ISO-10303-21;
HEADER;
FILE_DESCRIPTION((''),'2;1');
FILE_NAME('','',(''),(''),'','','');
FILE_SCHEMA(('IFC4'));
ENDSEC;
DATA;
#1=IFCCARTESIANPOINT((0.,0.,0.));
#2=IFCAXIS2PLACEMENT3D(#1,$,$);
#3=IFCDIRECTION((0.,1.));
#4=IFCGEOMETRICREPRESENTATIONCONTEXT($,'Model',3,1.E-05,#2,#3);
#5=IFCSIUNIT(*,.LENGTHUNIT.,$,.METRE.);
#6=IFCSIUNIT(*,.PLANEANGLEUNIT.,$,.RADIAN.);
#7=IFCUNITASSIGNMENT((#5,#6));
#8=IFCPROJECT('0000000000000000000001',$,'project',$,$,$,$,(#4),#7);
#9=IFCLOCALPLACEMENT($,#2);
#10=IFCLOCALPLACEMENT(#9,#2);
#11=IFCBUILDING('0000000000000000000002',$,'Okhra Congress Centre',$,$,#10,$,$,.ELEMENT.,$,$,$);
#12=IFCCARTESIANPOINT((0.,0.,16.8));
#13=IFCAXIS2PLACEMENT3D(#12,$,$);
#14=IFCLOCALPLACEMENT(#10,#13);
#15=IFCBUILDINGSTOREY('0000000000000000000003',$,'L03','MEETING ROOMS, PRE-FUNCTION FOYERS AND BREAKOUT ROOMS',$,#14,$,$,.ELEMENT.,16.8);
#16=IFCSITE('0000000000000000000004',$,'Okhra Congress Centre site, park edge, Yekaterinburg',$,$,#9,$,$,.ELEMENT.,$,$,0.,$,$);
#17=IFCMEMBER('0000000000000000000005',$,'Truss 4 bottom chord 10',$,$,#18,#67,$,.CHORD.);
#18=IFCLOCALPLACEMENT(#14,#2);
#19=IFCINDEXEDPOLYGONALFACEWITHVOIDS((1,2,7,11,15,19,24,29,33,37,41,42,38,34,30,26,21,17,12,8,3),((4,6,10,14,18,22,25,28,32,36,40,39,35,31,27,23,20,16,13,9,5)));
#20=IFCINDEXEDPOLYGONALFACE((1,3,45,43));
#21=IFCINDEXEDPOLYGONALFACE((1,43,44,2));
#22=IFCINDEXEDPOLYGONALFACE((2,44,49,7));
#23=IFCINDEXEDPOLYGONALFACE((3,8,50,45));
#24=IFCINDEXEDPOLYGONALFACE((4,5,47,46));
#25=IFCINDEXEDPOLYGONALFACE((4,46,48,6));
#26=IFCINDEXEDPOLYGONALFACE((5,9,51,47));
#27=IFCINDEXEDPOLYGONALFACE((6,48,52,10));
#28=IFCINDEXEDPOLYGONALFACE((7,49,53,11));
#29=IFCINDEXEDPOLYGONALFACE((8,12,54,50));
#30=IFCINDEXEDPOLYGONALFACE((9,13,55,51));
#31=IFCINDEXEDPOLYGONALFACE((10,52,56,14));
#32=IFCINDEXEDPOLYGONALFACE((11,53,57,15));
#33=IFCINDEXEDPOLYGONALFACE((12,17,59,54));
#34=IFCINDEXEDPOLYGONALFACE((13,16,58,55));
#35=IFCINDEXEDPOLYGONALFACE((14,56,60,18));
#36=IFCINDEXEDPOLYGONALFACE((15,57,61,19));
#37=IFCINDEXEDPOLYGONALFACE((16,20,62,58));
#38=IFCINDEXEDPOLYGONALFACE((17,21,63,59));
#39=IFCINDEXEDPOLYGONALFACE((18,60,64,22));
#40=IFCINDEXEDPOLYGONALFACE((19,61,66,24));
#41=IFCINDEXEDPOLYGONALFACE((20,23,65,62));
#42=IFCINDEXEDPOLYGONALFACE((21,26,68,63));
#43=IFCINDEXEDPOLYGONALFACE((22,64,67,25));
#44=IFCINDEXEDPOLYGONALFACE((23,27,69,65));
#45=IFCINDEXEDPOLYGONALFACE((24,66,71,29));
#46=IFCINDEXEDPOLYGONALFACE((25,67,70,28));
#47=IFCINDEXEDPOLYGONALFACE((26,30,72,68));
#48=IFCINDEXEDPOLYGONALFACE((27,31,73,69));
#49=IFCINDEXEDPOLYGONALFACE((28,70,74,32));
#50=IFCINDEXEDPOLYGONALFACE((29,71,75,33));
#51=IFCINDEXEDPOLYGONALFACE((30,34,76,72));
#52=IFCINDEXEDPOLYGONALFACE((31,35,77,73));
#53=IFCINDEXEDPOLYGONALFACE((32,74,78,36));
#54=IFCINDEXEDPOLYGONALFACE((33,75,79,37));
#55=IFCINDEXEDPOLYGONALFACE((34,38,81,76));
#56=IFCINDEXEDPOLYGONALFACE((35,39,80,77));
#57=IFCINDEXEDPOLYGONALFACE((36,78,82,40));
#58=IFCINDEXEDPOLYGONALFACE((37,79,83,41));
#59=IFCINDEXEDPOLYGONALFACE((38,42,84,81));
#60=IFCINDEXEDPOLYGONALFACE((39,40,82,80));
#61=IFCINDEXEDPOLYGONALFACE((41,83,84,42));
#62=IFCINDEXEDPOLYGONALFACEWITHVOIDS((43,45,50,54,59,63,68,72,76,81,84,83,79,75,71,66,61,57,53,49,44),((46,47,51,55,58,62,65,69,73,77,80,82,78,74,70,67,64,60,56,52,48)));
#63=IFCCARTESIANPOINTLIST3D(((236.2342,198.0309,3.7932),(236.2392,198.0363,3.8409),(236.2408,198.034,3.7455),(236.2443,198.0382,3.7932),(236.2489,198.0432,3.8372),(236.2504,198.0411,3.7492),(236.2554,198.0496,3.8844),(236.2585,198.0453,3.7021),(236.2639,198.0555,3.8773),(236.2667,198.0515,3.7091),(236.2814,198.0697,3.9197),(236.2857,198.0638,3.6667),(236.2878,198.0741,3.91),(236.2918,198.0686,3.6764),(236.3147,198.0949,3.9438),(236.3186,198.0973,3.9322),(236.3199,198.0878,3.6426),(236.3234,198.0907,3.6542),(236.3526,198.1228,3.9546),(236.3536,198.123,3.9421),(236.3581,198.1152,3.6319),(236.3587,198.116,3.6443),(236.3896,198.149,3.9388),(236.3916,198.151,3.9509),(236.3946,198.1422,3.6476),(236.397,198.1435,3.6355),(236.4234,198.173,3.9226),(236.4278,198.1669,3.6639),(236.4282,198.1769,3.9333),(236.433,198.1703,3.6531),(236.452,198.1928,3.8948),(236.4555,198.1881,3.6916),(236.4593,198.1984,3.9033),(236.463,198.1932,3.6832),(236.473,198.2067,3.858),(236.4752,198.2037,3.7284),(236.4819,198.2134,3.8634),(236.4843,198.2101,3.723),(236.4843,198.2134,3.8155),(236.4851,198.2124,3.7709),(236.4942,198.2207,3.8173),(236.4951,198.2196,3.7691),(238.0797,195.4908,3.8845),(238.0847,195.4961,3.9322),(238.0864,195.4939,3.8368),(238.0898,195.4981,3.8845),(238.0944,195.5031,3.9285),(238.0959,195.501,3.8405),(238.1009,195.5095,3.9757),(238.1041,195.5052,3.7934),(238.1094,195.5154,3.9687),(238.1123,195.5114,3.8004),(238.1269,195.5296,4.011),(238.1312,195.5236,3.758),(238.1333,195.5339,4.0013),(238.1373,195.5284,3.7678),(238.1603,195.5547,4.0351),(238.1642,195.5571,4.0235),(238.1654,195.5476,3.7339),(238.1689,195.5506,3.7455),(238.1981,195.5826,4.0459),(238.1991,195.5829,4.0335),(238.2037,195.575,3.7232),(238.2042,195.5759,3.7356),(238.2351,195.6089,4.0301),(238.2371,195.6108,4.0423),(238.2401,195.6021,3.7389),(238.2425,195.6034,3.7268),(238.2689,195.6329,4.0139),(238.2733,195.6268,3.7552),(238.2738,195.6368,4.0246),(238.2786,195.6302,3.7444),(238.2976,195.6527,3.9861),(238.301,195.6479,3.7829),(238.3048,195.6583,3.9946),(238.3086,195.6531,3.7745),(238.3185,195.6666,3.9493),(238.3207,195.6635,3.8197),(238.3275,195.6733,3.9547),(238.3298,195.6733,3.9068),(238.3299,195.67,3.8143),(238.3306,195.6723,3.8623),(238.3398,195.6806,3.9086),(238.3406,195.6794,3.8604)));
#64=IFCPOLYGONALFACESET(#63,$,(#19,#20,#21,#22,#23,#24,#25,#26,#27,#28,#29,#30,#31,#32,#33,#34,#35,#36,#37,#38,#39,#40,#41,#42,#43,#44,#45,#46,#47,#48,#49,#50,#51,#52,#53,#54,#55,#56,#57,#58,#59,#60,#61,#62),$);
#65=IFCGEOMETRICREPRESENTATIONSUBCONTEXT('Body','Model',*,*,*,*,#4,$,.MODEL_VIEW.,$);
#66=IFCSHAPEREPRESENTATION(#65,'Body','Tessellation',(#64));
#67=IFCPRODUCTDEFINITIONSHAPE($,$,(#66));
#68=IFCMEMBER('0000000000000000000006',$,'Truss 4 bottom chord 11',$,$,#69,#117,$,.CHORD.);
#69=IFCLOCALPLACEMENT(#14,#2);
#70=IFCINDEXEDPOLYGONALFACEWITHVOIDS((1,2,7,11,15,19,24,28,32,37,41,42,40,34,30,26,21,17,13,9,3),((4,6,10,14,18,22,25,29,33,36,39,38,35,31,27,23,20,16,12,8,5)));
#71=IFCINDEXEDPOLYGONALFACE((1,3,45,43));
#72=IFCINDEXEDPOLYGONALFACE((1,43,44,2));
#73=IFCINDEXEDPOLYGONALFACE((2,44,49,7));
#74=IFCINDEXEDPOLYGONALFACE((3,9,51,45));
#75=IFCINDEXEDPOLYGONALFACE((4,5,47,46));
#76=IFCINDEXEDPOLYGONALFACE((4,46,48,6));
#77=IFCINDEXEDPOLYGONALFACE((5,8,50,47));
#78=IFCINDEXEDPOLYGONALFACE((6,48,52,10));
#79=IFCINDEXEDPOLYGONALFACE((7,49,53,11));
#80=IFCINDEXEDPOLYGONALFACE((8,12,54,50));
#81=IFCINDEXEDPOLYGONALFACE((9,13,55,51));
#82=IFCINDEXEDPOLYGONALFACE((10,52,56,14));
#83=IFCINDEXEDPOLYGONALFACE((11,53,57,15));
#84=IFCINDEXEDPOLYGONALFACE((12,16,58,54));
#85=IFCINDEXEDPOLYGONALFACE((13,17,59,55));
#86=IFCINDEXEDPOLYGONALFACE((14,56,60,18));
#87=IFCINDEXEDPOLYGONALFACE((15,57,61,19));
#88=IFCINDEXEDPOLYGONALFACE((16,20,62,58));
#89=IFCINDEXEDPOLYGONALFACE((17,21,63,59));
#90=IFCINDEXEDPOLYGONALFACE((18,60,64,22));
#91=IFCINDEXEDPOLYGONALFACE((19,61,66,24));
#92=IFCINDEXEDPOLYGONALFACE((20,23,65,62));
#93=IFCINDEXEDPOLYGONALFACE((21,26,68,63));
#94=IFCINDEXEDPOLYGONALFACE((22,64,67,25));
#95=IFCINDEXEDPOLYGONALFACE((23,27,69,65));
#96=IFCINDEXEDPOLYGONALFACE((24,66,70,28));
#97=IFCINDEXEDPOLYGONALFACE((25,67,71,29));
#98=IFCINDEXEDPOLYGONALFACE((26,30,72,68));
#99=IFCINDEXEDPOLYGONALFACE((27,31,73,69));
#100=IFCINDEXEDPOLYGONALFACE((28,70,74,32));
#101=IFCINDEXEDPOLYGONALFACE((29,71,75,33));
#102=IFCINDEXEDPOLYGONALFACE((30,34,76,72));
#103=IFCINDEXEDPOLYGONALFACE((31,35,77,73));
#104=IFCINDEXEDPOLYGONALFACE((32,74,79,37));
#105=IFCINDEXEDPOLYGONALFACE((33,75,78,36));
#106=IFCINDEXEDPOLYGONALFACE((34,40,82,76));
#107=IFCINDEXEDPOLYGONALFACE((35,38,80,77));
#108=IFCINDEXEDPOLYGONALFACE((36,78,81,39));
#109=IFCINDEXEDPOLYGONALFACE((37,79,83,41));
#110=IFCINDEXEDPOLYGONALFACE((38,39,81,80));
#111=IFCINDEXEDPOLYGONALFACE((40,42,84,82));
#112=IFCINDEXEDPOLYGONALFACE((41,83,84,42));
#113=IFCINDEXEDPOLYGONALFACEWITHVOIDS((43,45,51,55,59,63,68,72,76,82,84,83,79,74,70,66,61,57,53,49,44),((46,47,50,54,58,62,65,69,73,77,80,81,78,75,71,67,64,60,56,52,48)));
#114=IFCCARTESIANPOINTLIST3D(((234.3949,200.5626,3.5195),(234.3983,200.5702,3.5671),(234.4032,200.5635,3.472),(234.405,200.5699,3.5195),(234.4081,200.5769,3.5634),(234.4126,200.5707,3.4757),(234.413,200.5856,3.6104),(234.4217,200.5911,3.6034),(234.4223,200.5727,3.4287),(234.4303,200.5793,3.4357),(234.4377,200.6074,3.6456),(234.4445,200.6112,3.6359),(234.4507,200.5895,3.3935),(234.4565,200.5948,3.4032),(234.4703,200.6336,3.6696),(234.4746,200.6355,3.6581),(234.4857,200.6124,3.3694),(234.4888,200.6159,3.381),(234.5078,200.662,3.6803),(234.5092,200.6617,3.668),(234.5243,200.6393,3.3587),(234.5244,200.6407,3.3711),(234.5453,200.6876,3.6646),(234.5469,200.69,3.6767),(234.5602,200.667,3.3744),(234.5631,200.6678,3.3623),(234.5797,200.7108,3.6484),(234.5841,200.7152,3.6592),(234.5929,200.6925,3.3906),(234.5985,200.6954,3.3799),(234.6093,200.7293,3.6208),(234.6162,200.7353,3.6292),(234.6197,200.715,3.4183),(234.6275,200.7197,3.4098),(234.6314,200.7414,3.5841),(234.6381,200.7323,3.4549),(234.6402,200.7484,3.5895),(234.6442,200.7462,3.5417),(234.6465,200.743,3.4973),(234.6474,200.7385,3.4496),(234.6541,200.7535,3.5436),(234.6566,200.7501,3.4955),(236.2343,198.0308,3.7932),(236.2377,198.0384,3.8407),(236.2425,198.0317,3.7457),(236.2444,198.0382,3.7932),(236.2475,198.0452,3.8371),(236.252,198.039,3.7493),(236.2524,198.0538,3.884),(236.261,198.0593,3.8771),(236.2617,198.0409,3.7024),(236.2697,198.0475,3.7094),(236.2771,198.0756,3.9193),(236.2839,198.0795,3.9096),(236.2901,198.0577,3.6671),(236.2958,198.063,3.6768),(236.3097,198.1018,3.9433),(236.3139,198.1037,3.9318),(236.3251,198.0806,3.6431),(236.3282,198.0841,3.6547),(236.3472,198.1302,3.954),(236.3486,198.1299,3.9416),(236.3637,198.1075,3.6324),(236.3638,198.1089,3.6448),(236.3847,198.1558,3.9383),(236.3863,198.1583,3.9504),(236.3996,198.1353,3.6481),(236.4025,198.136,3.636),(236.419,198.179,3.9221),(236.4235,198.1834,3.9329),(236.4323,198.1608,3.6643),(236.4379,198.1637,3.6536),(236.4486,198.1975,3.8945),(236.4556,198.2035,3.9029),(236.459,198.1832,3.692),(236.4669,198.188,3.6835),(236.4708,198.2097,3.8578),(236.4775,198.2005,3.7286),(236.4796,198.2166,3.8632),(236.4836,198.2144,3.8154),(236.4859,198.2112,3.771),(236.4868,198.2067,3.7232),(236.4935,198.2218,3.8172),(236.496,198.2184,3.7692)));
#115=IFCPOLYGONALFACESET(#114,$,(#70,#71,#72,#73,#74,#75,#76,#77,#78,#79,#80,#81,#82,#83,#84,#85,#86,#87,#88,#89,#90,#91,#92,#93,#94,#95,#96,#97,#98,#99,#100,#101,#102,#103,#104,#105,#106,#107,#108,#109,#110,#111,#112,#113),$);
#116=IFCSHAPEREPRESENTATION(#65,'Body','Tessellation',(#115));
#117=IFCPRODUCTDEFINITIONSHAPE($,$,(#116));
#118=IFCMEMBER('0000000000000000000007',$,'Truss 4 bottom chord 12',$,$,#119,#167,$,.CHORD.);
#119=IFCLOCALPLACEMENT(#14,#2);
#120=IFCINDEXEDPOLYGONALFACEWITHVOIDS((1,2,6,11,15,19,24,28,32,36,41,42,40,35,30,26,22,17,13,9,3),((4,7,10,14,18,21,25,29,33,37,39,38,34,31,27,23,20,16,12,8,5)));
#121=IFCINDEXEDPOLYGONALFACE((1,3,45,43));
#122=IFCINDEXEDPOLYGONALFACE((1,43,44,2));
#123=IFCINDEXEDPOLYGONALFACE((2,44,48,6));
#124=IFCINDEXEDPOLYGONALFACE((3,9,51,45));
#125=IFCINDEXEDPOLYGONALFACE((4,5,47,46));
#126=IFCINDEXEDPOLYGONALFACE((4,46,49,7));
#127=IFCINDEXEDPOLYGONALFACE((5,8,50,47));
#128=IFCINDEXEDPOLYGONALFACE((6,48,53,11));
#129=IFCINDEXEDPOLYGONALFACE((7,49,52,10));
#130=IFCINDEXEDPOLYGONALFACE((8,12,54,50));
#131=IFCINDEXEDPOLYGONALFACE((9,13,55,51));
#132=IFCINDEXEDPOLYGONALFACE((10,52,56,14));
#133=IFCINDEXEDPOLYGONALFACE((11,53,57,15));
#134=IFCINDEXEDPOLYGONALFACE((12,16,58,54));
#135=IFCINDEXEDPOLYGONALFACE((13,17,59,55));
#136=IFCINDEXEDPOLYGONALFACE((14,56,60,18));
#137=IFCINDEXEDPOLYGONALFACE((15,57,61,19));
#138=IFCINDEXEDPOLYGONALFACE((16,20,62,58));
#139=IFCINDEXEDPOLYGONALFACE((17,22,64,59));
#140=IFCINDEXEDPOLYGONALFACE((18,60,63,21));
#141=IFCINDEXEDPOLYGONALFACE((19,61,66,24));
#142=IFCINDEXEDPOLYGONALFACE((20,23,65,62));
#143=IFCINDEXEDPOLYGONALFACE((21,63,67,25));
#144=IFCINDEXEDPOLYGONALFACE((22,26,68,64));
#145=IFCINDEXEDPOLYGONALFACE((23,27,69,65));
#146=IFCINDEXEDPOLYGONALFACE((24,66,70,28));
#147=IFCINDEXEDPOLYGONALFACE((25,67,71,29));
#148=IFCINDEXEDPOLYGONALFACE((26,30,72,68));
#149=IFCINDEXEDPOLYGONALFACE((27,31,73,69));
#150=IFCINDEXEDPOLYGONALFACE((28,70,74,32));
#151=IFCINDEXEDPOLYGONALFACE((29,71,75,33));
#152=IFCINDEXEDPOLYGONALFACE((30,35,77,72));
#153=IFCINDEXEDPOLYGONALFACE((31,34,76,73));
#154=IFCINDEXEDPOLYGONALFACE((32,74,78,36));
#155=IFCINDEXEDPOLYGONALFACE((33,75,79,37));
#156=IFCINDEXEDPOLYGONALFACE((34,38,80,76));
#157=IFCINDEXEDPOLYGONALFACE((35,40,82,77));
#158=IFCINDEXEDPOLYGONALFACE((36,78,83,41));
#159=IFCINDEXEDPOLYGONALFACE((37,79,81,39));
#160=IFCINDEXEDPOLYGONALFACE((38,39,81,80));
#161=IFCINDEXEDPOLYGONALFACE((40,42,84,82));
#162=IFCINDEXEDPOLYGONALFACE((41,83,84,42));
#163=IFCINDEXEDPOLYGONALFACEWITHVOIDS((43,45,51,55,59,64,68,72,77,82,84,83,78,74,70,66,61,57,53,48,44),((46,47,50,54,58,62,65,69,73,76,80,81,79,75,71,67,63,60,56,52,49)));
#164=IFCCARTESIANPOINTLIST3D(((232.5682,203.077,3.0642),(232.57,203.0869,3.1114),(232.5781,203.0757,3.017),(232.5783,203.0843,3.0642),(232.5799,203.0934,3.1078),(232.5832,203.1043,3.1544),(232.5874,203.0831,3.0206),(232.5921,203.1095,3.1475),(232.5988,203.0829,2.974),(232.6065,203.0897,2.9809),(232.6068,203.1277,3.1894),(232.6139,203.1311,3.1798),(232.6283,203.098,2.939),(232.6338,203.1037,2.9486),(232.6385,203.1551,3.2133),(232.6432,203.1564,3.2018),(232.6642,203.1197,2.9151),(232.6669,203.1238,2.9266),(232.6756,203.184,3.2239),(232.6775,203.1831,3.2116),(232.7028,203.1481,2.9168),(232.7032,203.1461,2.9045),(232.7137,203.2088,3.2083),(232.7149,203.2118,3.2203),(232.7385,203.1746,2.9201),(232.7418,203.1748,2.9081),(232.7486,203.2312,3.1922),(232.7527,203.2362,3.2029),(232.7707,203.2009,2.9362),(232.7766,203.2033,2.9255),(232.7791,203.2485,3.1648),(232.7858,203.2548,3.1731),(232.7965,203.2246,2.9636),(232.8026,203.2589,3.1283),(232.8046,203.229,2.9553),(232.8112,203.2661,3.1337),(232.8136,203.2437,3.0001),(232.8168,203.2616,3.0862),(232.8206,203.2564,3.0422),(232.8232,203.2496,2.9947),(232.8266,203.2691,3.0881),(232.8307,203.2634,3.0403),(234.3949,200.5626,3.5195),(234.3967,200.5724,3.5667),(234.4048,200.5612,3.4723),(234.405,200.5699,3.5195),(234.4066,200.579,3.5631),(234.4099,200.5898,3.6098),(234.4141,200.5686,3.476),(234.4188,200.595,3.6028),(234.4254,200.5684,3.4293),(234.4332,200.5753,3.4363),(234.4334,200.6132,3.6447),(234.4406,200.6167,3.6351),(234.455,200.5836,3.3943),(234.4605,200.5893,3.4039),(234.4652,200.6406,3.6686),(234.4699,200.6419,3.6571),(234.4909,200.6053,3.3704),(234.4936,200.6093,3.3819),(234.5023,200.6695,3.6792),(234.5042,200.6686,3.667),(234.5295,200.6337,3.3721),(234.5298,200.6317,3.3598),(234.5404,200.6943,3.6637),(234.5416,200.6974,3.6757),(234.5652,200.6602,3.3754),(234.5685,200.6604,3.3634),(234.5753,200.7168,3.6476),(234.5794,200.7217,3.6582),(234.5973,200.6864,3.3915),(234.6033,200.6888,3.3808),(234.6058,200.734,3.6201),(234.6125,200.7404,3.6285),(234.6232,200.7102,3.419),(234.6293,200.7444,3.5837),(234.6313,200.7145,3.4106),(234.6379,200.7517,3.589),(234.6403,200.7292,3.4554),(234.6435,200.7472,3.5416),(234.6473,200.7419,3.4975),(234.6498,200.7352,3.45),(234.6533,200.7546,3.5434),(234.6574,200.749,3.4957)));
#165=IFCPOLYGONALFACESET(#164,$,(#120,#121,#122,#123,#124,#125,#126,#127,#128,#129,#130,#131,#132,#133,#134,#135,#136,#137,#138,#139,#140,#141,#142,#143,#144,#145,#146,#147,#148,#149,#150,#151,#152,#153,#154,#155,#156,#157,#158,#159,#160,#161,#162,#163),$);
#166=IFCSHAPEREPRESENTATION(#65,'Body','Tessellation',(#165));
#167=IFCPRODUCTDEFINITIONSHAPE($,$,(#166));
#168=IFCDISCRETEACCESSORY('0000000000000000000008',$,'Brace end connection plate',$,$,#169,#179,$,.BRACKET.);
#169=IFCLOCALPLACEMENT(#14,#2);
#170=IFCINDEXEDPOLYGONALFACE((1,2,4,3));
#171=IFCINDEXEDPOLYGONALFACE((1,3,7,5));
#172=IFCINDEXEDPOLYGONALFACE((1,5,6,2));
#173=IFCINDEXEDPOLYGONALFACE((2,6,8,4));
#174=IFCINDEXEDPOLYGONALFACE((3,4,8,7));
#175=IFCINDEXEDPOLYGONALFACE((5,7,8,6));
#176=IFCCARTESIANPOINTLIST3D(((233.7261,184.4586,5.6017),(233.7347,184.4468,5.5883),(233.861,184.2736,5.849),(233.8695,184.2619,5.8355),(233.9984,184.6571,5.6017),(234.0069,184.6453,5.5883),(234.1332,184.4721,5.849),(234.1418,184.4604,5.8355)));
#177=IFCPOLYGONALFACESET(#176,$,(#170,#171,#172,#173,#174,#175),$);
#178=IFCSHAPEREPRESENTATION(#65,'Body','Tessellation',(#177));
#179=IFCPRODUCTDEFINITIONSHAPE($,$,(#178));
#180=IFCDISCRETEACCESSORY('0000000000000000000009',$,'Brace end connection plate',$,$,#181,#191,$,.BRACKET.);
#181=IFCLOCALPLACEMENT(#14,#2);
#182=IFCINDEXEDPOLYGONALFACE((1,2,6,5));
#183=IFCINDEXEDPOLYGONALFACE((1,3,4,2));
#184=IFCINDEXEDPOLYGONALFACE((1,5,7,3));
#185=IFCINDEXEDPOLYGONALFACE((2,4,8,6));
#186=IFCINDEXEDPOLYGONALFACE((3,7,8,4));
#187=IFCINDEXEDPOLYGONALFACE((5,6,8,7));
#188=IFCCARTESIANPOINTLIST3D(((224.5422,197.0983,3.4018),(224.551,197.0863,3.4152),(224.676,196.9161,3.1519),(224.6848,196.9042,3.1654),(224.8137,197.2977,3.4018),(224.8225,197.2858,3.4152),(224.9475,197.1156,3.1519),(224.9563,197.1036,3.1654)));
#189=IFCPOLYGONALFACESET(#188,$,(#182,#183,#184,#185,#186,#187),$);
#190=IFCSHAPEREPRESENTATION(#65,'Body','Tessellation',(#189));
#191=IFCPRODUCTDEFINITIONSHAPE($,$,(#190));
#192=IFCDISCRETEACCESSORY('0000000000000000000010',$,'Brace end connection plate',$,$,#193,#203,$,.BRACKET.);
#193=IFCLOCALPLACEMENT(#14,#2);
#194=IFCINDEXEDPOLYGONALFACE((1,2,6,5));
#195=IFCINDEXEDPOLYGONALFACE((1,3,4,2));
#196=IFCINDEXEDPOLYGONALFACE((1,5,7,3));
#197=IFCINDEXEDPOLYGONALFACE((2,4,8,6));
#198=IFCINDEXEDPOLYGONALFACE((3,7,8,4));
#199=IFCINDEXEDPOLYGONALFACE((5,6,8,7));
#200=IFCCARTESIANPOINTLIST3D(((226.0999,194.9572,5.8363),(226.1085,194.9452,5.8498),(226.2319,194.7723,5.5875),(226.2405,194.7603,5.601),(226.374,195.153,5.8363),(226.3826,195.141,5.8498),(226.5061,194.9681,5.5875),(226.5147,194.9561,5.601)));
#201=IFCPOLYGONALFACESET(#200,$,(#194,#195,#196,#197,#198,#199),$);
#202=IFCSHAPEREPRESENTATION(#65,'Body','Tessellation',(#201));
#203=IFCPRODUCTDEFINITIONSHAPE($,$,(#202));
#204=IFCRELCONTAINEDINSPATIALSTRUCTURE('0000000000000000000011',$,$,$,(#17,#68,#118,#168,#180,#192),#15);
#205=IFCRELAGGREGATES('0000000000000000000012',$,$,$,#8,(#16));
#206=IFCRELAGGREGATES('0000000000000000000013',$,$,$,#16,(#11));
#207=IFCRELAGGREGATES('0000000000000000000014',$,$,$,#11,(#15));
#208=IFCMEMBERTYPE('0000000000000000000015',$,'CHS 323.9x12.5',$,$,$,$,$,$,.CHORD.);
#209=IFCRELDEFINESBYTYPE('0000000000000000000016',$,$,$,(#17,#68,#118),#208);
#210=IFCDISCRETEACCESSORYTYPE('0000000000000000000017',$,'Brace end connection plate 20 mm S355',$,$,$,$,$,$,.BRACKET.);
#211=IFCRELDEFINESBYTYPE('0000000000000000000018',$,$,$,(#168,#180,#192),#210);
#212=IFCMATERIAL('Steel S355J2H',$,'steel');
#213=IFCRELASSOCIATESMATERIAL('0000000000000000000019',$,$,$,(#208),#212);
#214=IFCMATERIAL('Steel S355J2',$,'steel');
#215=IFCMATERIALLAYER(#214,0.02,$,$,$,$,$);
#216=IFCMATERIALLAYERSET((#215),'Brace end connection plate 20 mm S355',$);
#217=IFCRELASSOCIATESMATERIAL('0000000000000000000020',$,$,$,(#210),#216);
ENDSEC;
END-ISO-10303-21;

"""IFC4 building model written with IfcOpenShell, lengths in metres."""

from ifc_helpers import new_model, si_unit, direction, frame, origin, origin_2d, place, context, subcontext, project, spatial, rectangle, hollow_circle, extrude, material, layer, layer_set, material_profile, profile_set, type_object, element, save


model = new_model("IFC4")

# Units and contexts
model_context = context("Model", 3, precision=1e-05, world=origin(), true_north=direction((0.0, 1.0)))
body_context = subcontext(model_context, "Body", "Model", "MODEL_VIEW")
ifc_project = project(units=[si_unit("LENGTHUNIT", "METRE"), si_unit("PLANEANGLEUNIT", "RADIAN")], contexts=[model_context])

# Site, building, storey
site_placement = place(None, origin())
site = spatial("IfcSite", under=ifc_project, at=site_placement, Name="Okhra Congress Centre site, park edge, Yekaterinburg", CompositionType="ELEMENT", RefElevation=0.0)
building_placement = place(site_placement, origin())
building = spatial("IfcBuilding", under=site, at=building_placement, Name="Okhra Congress Centre", CompositionType="ELEMENT")
storey_placement = place(building_placement, frame((0.0, 0.0, 16.8)))
storey = spatial("IfcBuildingStorey", under=building, at=storey_placement, Name="L03", Description="MEETING ROOMS, PRE-FUNCTION FOYERS AND BREAKOUT ROOMS", CompositionType="ELEMENT", Elevation=16.8)

# Members
ifc_material_1 = material(Name="Steel S355J2H", Category="steel")
ifc_material_profile_1 = material_profile(ifc_material_1, hollow_circle(Radius=0.1619, WallThickness=0.0125, at=origin_2d()), Name="CHS 323.9x12.5")
ifc_profile_set_1 = profile_set([ifc_material_profile_1], Name="Steel S355J2H")
member_type_1 = type_object("IfcMemberType", Name="CHS 323.9x12.5", PredefinedType="CHORD", material=ifc_profile_set_1)
member_1_placement = place(storey_placement, frame((238.2107, 195.5859, 3.8845), z_axis=(-0.587539, 0.808673, -0.02907), x_axis=(-0.809015, -0.587788, 0.0)))
element("IfcMember", 1, at=member_1_placement, inside=storey, type_object=member_type_1, Name="Truss 4 bottom chord 10", PredefinedType="CHORD", context=body_context, shape_type="SweptSolid", body=[
    extrude(hollow_circle(Radius=0.1619, WallThickness=0.0125, at=origin_2d()), origin(), (0.0, 0.0, 1.0), 3.1411),
])
member_2_placement = place(storey_placement, frame((236.3652, 198.126, 3.7932), z_axis=(-0.585538, 0.80595, -0.087123), x_axis=(-0.809026, -0.587773, 0.0)))
element("IfcMember", 2, at=member_2_placement, inside=storey, type_object=member_type_1, Name="Truss 4 bottom chord 11", PredefinedType="CHORD", context=body_context, shape_type="SweptSolid", body=[
    extrude(hollow_circle(Radius=0.1619, WallThickness=0.0125, at=origin_2d()), origin(), (0.0, 0.0, 1.0), 3.1414),
])
member_3_placement = place(storey_placement, frame((234.5259, 200.6577, 3.5195), z_axis=(-0.581543, 0.800496, -0.144958), x_axis=(-0.809042, -0.587751, 0.0)))
element("IfcMember", 3, at=member_3_placement, inside=storey, type_object=member_type_1, Name="Truss 4 bottom chord 12", PredefinedType="CHORD", context=body_context, shape_type="SweptSolid", body=[
    extrude(hollow_circle(Radius=0.1619, WallThickness=0.0125, at=origin_2d()), origin(), (0.0, 0.0, 1.0), 3.1411),
])

# Discrete accessories
ifc_material_2 = material(Name="Steel S355J2", Category="steel")
ifc_layer = layer(ifc_material_2, 0.02)
ifc_layer_set = layer_set([ifc_layer], Name="Brace end connection plate 20 mm S355")
discrete_accessory_type = type_object("IfcDiscreteAccessoryType", Name="Brace end connection plate 20 mm S355", PredefinedType="BRACKET", material=ifc_layer_set)
discrete_accessory_placement = place(storey_placement, frame((233.9382, 184.4536, 5.7119), z_axis=(-0.432329, 0.592909, 0.679375), x_axis=(-0.808008, -0.589172, 0.0)))
element("IfcDiscreteAccessory", 4, at=discrete_accessory_placement, inside=storey, type_object=discrete_accessory_type, Name="Brace end connection plate", PredefinedType="BRACKET", context=body_context, shape_type="SweptSolid", body=[
    extrude(rectangle(XDim=0.3369, YDim=0.3369, at=origin_2d()), origin(), (0.0, 0.0, 1.0), 0.0198),
])
for number, where, z_axis, x_axis, name in (
    (5, (224.7537, 197.095, 3.2903), (-0.43909, 0.59765, -0.670831), (-0.805882, -0.592076, 0.0), "Brace end connection plate"),
    (6, (226.303, 194.9626, 5.7119), (0.429165, -0.600831, 0.674403), (0.813733, 0.581238, 0.0), "Brace end connection plate"),
):
    element("IfcDiscreteAccessory", number, at=place(storey_placement, frame(where, z_axis=z_axis, x_axis=x_axis)), inside=storey, type_object=discrete_accessory_type, Name=name, PredefinedType="BRACKET", context=body_context, shape_type="SweptSolid", body=[
        extrude(rectangle(XDim=0.3369, YDim=0.3369, at=origin_2d()), origin(), (0.0, 0.0, 1.0), 0.02),
    ])

save(model, "model.ifc")
